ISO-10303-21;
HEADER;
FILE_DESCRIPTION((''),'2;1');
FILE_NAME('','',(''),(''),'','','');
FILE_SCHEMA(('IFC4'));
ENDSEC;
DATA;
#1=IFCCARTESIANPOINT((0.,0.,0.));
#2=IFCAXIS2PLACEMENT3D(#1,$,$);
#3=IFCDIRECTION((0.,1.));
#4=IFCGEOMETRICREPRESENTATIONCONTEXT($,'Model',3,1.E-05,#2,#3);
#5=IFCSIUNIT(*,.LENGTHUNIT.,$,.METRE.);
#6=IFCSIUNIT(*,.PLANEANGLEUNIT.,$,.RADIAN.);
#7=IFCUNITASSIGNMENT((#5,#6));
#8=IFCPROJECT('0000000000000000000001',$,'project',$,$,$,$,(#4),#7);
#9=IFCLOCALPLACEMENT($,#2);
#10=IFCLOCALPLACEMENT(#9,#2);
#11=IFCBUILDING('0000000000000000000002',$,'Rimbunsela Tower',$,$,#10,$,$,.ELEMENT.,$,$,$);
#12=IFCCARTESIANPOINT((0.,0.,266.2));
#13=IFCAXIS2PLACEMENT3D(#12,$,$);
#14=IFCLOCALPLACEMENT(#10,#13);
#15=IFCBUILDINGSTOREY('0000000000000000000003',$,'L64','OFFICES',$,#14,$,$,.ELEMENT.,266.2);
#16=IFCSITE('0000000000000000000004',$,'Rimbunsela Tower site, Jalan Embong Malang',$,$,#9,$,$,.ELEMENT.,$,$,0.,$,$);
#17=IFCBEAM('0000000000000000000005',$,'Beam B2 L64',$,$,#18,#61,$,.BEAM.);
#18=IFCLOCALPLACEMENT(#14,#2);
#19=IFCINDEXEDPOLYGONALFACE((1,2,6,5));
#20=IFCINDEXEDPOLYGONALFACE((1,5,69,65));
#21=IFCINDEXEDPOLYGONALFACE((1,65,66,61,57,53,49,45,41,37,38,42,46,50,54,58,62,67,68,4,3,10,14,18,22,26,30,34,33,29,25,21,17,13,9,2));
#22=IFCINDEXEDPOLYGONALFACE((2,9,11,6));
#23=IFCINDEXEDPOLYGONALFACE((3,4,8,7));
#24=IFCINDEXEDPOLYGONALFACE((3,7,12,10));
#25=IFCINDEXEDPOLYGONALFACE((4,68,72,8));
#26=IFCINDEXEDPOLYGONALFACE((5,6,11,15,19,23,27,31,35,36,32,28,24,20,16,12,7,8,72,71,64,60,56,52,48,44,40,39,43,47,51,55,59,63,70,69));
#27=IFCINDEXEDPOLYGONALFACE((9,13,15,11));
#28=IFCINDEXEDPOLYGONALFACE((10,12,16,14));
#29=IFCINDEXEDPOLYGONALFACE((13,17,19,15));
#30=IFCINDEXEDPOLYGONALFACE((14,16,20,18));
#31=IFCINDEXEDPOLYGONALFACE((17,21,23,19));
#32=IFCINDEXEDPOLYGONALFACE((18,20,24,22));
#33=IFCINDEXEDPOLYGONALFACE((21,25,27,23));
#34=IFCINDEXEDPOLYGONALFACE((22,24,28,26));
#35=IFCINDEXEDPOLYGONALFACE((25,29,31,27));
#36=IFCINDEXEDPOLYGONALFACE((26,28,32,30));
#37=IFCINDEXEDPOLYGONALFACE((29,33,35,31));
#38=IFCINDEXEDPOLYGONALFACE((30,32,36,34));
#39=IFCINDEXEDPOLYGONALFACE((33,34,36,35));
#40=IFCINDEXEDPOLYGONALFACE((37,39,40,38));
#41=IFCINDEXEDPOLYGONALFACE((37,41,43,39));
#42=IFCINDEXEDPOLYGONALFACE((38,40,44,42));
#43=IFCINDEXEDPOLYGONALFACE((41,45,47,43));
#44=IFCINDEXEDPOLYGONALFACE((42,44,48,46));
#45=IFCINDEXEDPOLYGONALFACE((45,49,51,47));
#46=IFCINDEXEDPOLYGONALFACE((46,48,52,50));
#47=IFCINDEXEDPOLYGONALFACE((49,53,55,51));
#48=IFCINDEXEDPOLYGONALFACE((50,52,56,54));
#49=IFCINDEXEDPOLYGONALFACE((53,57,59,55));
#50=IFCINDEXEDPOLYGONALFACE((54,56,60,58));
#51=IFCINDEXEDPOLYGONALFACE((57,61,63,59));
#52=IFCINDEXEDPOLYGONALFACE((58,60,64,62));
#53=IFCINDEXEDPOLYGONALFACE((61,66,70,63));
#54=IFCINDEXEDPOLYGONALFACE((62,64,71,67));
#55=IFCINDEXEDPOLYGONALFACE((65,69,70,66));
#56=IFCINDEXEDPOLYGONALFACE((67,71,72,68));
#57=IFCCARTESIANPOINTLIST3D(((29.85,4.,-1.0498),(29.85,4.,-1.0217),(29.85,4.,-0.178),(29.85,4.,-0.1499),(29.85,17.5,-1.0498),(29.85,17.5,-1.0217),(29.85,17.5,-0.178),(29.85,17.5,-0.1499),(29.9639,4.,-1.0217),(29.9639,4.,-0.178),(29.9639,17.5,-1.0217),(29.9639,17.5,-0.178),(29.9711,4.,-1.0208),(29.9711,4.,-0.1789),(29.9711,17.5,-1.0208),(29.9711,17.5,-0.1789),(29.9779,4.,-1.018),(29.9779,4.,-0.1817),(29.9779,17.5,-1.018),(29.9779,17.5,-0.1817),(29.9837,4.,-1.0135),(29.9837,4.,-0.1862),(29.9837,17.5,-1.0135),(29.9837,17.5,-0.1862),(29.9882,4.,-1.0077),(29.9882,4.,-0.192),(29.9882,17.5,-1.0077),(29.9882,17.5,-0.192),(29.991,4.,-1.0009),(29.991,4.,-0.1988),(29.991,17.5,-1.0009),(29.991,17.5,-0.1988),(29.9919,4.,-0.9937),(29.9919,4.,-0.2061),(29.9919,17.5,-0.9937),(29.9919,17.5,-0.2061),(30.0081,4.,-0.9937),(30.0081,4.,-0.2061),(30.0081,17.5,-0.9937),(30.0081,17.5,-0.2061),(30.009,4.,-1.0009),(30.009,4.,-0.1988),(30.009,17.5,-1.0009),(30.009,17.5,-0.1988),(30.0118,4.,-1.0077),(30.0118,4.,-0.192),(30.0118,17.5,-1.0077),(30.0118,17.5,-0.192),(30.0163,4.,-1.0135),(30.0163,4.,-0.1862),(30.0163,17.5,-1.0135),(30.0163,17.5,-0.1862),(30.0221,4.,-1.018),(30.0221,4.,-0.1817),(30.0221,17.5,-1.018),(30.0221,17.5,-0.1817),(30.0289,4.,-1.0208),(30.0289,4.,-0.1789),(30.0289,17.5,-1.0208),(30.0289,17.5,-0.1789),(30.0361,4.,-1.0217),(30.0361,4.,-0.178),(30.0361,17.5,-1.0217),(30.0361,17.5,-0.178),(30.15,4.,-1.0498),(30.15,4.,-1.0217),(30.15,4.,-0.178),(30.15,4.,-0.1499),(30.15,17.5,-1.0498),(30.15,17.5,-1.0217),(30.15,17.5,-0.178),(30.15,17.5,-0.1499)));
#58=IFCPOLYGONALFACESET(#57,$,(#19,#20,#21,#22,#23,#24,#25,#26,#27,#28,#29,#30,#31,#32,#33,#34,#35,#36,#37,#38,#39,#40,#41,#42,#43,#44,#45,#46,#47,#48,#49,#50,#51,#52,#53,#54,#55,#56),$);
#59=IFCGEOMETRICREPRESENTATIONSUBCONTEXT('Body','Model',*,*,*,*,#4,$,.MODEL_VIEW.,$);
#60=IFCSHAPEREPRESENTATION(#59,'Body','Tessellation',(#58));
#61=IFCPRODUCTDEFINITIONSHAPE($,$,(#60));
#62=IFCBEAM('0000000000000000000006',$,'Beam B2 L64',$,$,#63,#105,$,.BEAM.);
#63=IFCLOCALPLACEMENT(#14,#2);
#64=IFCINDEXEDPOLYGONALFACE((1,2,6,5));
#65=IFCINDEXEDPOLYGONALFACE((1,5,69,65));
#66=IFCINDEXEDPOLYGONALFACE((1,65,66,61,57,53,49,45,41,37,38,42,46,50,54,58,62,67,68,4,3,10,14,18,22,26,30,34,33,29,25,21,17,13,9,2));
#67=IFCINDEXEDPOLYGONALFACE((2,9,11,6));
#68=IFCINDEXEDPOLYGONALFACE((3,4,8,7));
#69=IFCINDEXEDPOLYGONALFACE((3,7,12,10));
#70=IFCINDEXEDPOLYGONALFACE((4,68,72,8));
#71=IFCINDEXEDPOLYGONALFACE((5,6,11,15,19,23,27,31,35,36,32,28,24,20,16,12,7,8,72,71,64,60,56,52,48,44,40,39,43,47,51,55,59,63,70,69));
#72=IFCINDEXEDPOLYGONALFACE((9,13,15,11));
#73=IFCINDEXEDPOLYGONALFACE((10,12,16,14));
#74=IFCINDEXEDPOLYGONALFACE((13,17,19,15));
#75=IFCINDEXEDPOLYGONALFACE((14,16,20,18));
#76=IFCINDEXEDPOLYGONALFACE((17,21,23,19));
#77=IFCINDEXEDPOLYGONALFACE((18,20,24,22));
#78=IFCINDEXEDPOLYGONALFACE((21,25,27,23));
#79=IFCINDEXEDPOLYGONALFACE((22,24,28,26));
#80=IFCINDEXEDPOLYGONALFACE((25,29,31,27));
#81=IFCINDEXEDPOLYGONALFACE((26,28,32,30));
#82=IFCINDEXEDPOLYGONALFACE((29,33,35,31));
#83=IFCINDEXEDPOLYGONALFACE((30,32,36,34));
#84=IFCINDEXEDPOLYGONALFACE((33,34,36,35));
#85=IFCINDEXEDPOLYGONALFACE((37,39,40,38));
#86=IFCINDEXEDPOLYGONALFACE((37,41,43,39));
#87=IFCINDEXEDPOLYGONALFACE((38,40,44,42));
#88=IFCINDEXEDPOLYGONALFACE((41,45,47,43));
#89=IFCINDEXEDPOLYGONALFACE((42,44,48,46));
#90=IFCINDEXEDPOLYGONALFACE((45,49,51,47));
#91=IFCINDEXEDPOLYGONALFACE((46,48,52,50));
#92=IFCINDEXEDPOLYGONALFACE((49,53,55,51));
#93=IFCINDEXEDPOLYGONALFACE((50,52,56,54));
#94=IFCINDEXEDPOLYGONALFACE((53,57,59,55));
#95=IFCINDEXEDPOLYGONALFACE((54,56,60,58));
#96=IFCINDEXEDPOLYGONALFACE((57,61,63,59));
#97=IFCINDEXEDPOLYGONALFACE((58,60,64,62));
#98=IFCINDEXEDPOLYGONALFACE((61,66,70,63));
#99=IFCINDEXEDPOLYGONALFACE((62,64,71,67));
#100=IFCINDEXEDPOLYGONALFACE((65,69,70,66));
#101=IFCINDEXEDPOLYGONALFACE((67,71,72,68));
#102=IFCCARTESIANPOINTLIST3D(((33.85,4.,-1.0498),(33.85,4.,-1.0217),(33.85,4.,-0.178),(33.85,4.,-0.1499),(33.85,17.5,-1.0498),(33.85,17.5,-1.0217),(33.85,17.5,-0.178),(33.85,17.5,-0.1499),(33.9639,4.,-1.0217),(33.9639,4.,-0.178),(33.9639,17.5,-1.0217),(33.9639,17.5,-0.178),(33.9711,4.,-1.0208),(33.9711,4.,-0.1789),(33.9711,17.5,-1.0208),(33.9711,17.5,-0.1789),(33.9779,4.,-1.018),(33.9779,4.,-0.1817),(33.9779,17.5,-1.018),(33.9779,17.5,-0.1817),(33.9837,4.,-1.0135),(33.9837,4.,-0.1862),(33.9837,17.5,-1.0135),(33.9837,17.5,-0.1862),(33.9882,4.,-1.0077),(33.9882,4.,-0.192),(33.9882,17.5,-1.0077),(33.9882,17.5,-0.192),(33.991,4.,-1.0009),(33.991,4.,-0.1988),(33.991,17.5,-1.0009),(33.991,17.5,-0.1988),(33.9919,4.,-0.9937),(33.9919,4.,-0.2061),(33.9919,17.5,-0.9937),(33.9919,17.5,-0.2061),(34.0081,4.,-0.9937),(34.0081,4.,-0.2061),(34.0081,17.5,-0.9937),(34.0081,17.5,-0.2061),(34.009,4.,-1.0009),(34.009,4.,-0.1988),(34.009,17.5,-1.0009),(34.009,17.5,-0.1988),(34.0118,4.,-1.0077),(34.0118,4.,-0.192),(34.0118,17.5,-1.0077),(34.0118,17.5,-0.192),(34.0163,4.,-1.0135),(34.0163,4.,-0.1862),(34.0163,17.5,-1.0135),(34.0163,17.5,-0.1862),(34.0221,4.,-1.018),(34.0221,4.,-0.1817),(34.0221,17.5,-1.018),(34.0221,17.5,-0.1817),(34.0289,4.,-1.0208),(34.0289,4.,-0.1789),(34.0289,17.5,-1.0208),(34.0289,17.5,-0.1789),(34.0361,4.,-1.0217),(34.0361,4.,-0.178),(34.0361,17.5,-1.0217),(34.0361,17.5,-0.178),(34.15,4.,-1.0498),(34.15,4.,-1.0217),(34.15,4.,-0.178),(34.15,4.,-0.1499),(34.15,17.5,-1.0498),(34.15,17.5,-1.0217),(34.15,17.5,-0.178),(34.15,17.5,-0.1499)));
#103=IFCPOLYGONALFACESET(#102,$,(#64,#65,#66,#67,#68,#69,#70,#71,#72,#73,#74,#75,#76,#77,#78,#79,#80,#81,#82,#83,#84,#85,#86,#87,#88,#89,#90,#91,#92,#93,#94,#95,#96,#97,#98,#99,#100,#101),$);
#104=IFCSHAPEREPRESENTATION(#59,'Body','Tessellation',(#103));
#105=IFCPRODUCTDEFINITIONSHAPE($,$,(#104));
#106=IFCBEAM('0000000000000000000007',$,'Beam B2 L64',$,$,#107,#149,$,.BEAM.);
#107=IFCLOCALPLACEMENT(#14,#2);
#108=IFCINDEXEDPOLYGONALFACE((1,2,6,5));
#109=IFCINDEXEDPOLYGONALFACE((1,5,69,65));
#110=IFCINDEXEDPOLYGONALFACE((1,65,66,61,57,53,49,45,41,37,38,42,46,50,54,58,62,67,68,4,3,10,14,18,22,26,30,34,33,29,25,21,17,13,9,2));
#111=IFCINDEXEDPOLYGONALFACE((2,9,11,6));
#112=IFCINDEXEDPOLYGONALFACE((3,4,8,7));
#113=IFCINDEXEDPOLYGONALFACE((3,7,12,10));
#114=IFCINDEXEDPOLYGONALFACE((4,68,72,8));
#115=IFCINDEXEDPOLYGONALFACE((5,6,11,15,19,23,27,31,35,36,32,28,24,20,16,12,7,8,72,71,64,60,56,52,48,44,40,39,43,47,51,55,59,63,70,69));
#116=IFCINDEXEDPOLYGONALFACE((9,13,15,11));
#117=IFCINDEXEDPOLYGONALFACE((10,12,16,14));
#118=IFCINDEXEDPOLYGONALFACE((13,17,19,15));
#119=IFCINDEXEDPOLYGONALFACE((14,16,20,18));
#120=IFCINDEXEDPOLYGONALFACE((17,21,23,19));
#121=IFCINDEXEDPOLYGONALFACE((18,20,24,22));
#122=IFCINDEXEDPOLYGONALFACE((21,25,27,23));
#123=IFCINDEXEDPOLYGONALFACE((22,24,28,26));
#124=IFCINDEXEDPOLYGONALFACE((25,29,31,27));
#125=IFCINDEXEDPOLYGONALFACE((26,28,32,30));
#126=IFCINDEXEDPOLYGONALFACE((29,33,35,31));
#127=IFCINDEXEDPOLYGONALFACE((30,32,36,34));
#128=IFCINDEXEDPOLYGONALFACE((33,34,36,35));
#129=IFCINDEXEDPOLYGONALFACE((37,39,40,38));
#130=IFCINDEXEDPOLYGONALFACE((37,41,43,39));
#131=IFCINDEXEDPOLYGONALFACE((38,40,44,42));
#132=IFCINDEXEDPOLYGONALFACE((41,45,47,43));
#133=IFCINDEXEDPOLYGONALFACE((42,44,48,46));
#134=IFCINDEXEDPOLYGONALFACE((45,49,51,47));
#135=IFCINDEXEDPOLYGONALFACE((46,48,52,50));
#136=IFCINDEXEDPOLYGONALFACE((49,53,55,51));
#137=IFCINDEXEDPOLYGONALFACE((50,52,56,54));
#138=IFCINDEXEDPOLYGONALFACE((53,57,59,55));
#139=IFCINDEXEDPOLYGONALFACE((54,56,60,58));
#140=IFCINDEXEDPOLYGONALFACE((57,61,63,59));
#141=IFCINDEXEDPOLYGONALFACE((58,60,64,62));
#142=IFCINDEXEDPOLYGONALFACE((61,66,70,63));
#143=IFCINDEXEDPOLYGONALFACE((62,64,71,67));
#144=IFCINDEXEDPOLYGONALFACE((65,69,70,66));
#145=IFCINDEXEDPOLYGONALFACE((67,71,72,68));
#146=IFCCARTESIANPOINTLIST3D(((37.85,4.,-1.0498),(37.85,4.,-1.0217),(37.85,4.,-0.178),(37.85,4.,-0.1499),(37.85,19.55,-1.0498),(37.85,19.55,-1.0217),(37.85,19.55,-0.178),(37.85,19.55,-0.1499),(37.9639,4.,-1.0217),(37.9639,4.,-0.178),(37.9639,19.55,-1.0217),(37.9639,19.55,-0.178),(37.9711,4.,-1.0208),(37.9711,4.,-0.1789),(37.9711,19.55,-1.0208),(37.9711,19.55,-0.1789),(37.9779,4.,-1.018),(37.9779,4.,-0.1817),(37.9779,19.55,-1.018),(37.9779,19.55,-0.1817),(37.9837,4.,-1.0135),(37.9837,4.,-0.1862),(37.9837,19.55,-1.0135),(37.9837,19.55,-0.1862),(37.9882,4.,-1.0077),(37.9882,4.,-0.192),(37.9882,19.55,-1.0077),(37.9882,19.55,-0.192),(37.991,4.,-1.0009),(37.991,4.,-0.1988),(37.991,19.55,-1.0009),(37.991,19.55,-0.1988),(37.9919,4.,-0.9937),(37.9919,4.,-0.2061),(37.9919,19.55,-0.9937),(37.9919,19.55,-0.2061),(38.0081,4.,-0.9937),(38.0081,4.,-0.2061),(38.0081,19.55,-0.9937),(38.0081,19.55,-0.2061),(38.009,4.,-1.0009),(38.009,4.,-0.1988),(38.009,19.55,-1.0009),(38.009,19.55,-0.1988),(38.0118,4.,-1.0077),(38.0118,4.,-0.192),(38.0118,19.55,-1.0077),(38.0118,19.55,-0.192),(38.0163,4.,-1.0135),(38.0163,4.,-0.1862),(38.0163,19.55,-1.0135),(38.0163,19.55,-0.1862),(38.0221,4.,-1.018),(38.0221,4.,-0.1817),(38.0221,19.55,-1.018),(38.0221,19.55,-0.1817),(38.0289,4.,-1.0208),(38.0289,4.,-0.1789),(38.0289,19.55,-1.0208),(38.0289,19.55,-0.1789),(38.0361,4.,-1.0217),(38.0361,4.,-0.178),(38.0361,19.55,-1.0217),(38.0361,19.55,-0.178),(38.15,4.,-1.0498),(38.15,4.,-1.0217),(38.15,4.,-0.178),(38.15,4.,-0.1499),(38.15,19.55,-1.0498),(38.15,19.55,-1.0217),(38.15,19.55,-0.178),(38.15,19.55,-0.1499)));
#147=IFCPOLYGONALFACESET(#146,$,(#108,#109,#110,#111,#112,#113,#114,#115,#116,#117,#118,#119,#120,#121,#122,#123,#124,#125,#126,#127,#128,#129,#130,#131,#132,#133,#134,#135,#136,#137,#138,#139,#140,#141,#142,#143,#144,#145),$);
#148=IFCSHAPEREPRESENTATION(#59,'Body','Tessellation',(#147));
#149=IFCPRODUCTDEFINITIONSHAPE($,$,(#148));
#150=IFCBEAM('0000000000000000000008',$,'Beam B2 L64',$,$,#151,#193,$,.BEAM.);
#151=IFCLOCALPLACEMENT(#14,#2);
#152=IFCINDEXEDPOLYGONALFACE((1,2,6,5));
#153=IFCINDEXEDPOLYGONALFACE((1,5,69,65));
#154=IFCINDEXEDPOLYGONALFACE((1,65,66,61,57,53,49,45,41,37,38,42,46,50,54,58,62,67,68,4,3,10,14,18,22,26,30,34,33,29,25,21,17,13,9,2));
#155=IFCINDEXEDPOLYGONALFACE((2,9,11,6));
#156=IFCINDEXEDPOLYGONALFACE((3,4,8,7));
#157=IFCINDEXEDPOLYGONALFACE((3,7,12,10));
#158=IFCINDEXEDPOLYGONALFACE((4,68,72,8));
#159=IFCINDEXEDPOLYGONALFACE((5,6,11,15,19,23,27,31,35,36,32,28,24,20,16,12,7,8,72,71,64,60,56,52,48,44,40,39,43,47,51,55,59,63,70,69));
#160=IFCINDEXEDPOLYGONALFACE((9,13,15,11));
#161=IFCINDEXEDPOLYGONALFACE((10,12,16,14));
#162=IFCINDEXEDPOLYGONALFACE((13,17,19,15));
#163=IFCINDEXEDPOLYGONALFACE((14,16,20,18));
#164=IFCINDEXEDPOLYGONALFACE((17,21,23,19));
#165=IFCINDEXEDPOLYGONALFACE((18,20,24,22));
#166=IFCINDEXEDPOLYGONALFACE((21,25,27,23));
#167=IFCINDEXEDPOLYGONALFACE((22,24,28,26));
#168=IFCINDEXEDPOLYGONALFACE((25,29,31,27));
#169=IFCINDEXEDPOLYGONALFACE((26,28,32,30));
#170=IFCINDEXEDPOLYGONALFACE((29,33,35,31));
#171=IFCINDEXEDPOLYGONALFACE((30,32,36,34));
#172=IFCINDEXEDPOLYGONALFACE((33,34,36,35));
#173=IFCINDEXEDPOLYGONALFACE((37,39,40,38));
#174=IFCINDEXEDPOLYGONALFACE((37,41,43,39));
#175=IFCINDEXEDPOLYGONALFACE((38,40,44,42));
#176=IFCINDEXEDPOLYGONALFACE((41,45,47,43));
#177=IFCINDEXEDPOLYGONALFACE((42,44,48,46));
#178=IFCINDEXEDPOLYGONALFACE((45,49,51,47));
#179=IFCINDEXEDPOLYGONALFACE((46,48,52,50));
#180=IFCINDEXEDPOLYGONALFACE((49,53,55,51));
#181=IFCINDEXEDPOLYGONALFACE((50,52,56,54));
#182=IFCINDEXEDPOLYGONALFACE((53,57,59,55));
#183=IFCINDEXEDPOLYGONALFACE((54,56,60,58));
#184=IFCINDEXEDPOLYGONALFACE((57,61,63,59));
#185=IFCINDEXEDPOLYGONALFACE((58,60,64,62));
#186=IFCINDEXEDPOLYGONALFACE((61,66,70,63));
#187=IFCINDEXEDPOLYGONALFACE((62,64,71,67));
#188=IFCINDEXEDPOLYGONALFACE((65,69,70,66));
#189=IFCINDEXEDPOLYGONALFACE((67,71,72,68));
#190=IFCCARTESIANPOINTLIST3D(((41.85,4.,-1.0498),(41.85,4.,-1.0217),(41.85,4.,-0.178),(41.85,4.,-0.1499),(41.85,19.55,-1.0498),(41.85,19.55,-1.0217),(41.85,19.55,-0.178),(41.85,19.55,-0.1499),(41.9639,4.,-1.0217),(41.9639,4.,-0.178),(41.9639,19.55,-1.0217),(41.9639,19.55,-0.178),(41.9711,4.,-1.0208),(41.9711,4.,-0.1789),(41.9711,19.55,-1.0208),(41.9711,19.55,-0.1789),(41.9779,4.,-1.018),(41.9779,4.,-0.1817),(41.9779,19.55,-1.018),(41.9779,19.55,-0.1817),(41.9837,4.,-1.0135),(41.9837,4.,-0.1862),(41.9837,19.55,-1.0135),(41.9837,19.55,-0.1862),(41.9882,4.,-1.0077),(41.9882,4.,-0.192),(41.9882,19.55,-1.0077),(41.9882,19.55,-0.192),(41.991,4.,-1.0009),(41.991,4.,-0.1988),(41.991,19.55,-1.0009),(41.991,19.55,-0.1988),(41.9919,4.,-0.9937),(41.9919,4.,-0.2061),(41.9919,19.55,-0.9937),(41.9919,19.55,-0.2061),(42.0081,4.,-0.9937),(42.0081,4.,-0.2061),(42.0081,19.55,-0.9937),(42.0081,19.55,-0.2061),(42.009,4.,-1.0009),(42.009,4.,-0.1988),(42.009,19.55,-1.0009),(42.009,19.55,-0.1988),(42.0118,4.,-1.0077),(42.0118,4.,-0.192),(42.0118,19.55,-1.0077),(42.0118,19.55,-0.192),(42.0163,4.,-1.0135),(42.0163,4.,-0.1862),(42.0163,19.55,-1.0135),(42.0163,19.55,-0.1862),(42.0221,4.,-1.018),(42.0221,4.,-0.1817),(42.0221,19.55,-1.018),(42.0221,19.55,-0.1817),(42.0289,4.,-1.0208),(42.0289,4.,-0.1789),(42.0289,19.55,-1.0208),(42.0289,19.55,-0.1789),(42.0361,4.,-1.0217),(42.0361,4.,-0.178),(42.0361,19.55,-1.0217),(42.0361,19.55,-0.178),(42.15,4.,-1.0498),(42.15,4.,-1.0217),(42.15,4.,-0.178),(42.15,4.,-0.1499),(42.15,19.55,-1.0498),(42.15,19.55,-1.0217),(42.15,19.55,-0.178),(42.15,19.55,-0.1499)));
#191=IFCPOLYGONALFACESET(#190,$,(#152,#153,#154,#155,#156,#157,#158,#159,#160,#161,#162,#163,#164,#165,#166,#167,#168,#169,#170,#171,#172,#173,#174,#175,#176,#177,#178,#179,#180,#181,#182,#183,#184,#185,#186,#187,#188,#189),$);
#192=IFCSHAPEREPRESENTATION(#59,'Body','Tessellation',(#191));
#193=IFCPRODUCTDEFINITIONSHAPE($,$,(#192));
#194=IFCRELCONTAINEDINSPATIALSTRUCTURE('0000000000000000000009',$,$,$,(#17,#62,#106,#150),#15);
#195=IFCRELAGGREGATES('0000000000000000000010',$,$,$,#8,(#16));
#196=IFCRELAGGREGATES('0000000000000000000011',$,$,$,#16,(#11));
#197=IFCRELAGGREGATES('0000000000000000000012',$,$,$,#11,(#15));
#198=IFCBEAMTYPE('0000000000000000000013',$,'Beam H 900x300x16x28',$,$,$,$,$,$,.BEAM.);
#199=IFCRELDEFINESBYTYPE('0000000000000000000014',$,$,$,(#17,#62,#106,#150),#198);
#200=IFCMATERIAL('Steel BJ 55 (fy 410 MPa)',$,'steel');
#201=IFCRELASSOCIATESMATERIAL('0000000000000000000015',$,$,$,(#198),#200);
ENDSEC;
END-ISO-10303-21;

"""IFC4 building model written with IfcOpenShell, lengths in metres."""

from ifc_helpers import new_model, si_unit, direction, frame, origin, origin_2d, place, context, subcontext, project, spatial, i_section, extrude, material, material_profile, profile_set, type_object, element, save


model = new_model("IFC4")

# Units and contexts
model_context = context("Model", 3, precision=1e-05, world=origin(), true_north=direction((0.0, 1.0)))
body_context = subcontext(model_context, "Body", "Model", "MODEL_VIEW")
ifc_project = project(units=[si_unit("LENGTHUNIT", "METRE"), si_unit("PLANEANGLEUNIT", "RADIAN")], contexts=[model_context])

# Site, building, storey
site_placement = place(None, origin())
site = spatial("IfcSite", under=ifc_project, at=site_placement, Name="Rimbunsela Tower site, Jalan Embong Malang", CompositionType="ELEMENT", RefElevation=0.0)
building_placement = place(site_placement, origin())
building = spatial("IfcBuilding", under=site, at=building_placement, Name="Rimbunsela Tower", CompositionType="ELEMENT")
storey_placement = place(building_placement, frame((0.0, 0.0, 266.2)))
storey = spatial("IfcBuildingStorey", under=building, at=storey_placement, Name="L64", Description="OFFICES", CompositionType="ELEMENT", Elevation=266.2)

# Beams
ifc_material_1 = material(Name="Steel BJ 55 (fy 410 MPa)", Category="steel")
ifc_material_profile_1 = material_profile(ifc_material_1, i_section(OverallWidth=0.3, OverallDepth=0.8999, WebThickness=0.0161, FlangeThickness=0.0281, FilletRadius=0.0281, at=origin_2d()), Name="H 900x300x16x28")
ifc_profile_set_1 = profile_set([ifc_material_profile_1], Name="Steel BJ 55 (fy 410 MPa)")
beam_type_1 = type_object("IfcBeamType", Name="Beam H 900x300x16x28", PredefinedType="BEAM", material=ifc_profile_set_1)
for number, where, z_axis, x_axis, name in (
    (1, (30.0, 4.0, -0.5999), (0.0, 1.0, 0.0), (-1.0, 0.0, 0.0), "Beam B2 L64"),
    (2, (34.0, 4.0, -0.5999), (0.0, 1.0, 0.0), (-1.0, 0.0, 0.0), "Beam B2 L64"),
):
    element("IfcBeam", number, at=place(storey_placement, frame(where, z_axis=z_axis, x_axis=x_axis)), inside=storey, type_object=beam_type_1, Name=name, PredefinedType="BEAM", context=body_context, shape_type="SweptSolid", body=[
        extrude(i_section(OverallWidth=0.3, OverallDepth=0.8999, WebThickness=0.0161, FlangeThickness=0.0281, FilletRadius=0.0281, at=origin_2d()), origin(), (0.0, 0.0, 1.0), 13.5),
    ])
for number, where, z_axis, x_axis, name in (
    (3, (38.0, 4.0, -0.5999), (0.0, 1.0, 0.0), (-1.0, 0.0, 0.0), "Beam B2 L64"),
    (4, (42.0, 4.0, -0.5999), (0.0, 1.0, 0.0), (-1.0, 0.0, 0.0), "Beam B2 L64"),
):
    element("IfcBeam", number, at=place(storey_placement, frame(where, z_axis=z_axis, x_axis=x_axis)), inside=storey, type_object=beam_type_1, Name=name, PredefinedType="BEAM", context=body_context, shape_type="SweptSolid", body=[
        extrude(i_section(OverallWidth=0.3, OverallDepth=0.8999, WebThickness=0.0161, FlangeThickness=0.0281, FilletRadius=0.0281, at=origin_2d()), origin(), (0.0, 0.0, 1.0), 15.55),
    ])

save(model, "model.ifc")
